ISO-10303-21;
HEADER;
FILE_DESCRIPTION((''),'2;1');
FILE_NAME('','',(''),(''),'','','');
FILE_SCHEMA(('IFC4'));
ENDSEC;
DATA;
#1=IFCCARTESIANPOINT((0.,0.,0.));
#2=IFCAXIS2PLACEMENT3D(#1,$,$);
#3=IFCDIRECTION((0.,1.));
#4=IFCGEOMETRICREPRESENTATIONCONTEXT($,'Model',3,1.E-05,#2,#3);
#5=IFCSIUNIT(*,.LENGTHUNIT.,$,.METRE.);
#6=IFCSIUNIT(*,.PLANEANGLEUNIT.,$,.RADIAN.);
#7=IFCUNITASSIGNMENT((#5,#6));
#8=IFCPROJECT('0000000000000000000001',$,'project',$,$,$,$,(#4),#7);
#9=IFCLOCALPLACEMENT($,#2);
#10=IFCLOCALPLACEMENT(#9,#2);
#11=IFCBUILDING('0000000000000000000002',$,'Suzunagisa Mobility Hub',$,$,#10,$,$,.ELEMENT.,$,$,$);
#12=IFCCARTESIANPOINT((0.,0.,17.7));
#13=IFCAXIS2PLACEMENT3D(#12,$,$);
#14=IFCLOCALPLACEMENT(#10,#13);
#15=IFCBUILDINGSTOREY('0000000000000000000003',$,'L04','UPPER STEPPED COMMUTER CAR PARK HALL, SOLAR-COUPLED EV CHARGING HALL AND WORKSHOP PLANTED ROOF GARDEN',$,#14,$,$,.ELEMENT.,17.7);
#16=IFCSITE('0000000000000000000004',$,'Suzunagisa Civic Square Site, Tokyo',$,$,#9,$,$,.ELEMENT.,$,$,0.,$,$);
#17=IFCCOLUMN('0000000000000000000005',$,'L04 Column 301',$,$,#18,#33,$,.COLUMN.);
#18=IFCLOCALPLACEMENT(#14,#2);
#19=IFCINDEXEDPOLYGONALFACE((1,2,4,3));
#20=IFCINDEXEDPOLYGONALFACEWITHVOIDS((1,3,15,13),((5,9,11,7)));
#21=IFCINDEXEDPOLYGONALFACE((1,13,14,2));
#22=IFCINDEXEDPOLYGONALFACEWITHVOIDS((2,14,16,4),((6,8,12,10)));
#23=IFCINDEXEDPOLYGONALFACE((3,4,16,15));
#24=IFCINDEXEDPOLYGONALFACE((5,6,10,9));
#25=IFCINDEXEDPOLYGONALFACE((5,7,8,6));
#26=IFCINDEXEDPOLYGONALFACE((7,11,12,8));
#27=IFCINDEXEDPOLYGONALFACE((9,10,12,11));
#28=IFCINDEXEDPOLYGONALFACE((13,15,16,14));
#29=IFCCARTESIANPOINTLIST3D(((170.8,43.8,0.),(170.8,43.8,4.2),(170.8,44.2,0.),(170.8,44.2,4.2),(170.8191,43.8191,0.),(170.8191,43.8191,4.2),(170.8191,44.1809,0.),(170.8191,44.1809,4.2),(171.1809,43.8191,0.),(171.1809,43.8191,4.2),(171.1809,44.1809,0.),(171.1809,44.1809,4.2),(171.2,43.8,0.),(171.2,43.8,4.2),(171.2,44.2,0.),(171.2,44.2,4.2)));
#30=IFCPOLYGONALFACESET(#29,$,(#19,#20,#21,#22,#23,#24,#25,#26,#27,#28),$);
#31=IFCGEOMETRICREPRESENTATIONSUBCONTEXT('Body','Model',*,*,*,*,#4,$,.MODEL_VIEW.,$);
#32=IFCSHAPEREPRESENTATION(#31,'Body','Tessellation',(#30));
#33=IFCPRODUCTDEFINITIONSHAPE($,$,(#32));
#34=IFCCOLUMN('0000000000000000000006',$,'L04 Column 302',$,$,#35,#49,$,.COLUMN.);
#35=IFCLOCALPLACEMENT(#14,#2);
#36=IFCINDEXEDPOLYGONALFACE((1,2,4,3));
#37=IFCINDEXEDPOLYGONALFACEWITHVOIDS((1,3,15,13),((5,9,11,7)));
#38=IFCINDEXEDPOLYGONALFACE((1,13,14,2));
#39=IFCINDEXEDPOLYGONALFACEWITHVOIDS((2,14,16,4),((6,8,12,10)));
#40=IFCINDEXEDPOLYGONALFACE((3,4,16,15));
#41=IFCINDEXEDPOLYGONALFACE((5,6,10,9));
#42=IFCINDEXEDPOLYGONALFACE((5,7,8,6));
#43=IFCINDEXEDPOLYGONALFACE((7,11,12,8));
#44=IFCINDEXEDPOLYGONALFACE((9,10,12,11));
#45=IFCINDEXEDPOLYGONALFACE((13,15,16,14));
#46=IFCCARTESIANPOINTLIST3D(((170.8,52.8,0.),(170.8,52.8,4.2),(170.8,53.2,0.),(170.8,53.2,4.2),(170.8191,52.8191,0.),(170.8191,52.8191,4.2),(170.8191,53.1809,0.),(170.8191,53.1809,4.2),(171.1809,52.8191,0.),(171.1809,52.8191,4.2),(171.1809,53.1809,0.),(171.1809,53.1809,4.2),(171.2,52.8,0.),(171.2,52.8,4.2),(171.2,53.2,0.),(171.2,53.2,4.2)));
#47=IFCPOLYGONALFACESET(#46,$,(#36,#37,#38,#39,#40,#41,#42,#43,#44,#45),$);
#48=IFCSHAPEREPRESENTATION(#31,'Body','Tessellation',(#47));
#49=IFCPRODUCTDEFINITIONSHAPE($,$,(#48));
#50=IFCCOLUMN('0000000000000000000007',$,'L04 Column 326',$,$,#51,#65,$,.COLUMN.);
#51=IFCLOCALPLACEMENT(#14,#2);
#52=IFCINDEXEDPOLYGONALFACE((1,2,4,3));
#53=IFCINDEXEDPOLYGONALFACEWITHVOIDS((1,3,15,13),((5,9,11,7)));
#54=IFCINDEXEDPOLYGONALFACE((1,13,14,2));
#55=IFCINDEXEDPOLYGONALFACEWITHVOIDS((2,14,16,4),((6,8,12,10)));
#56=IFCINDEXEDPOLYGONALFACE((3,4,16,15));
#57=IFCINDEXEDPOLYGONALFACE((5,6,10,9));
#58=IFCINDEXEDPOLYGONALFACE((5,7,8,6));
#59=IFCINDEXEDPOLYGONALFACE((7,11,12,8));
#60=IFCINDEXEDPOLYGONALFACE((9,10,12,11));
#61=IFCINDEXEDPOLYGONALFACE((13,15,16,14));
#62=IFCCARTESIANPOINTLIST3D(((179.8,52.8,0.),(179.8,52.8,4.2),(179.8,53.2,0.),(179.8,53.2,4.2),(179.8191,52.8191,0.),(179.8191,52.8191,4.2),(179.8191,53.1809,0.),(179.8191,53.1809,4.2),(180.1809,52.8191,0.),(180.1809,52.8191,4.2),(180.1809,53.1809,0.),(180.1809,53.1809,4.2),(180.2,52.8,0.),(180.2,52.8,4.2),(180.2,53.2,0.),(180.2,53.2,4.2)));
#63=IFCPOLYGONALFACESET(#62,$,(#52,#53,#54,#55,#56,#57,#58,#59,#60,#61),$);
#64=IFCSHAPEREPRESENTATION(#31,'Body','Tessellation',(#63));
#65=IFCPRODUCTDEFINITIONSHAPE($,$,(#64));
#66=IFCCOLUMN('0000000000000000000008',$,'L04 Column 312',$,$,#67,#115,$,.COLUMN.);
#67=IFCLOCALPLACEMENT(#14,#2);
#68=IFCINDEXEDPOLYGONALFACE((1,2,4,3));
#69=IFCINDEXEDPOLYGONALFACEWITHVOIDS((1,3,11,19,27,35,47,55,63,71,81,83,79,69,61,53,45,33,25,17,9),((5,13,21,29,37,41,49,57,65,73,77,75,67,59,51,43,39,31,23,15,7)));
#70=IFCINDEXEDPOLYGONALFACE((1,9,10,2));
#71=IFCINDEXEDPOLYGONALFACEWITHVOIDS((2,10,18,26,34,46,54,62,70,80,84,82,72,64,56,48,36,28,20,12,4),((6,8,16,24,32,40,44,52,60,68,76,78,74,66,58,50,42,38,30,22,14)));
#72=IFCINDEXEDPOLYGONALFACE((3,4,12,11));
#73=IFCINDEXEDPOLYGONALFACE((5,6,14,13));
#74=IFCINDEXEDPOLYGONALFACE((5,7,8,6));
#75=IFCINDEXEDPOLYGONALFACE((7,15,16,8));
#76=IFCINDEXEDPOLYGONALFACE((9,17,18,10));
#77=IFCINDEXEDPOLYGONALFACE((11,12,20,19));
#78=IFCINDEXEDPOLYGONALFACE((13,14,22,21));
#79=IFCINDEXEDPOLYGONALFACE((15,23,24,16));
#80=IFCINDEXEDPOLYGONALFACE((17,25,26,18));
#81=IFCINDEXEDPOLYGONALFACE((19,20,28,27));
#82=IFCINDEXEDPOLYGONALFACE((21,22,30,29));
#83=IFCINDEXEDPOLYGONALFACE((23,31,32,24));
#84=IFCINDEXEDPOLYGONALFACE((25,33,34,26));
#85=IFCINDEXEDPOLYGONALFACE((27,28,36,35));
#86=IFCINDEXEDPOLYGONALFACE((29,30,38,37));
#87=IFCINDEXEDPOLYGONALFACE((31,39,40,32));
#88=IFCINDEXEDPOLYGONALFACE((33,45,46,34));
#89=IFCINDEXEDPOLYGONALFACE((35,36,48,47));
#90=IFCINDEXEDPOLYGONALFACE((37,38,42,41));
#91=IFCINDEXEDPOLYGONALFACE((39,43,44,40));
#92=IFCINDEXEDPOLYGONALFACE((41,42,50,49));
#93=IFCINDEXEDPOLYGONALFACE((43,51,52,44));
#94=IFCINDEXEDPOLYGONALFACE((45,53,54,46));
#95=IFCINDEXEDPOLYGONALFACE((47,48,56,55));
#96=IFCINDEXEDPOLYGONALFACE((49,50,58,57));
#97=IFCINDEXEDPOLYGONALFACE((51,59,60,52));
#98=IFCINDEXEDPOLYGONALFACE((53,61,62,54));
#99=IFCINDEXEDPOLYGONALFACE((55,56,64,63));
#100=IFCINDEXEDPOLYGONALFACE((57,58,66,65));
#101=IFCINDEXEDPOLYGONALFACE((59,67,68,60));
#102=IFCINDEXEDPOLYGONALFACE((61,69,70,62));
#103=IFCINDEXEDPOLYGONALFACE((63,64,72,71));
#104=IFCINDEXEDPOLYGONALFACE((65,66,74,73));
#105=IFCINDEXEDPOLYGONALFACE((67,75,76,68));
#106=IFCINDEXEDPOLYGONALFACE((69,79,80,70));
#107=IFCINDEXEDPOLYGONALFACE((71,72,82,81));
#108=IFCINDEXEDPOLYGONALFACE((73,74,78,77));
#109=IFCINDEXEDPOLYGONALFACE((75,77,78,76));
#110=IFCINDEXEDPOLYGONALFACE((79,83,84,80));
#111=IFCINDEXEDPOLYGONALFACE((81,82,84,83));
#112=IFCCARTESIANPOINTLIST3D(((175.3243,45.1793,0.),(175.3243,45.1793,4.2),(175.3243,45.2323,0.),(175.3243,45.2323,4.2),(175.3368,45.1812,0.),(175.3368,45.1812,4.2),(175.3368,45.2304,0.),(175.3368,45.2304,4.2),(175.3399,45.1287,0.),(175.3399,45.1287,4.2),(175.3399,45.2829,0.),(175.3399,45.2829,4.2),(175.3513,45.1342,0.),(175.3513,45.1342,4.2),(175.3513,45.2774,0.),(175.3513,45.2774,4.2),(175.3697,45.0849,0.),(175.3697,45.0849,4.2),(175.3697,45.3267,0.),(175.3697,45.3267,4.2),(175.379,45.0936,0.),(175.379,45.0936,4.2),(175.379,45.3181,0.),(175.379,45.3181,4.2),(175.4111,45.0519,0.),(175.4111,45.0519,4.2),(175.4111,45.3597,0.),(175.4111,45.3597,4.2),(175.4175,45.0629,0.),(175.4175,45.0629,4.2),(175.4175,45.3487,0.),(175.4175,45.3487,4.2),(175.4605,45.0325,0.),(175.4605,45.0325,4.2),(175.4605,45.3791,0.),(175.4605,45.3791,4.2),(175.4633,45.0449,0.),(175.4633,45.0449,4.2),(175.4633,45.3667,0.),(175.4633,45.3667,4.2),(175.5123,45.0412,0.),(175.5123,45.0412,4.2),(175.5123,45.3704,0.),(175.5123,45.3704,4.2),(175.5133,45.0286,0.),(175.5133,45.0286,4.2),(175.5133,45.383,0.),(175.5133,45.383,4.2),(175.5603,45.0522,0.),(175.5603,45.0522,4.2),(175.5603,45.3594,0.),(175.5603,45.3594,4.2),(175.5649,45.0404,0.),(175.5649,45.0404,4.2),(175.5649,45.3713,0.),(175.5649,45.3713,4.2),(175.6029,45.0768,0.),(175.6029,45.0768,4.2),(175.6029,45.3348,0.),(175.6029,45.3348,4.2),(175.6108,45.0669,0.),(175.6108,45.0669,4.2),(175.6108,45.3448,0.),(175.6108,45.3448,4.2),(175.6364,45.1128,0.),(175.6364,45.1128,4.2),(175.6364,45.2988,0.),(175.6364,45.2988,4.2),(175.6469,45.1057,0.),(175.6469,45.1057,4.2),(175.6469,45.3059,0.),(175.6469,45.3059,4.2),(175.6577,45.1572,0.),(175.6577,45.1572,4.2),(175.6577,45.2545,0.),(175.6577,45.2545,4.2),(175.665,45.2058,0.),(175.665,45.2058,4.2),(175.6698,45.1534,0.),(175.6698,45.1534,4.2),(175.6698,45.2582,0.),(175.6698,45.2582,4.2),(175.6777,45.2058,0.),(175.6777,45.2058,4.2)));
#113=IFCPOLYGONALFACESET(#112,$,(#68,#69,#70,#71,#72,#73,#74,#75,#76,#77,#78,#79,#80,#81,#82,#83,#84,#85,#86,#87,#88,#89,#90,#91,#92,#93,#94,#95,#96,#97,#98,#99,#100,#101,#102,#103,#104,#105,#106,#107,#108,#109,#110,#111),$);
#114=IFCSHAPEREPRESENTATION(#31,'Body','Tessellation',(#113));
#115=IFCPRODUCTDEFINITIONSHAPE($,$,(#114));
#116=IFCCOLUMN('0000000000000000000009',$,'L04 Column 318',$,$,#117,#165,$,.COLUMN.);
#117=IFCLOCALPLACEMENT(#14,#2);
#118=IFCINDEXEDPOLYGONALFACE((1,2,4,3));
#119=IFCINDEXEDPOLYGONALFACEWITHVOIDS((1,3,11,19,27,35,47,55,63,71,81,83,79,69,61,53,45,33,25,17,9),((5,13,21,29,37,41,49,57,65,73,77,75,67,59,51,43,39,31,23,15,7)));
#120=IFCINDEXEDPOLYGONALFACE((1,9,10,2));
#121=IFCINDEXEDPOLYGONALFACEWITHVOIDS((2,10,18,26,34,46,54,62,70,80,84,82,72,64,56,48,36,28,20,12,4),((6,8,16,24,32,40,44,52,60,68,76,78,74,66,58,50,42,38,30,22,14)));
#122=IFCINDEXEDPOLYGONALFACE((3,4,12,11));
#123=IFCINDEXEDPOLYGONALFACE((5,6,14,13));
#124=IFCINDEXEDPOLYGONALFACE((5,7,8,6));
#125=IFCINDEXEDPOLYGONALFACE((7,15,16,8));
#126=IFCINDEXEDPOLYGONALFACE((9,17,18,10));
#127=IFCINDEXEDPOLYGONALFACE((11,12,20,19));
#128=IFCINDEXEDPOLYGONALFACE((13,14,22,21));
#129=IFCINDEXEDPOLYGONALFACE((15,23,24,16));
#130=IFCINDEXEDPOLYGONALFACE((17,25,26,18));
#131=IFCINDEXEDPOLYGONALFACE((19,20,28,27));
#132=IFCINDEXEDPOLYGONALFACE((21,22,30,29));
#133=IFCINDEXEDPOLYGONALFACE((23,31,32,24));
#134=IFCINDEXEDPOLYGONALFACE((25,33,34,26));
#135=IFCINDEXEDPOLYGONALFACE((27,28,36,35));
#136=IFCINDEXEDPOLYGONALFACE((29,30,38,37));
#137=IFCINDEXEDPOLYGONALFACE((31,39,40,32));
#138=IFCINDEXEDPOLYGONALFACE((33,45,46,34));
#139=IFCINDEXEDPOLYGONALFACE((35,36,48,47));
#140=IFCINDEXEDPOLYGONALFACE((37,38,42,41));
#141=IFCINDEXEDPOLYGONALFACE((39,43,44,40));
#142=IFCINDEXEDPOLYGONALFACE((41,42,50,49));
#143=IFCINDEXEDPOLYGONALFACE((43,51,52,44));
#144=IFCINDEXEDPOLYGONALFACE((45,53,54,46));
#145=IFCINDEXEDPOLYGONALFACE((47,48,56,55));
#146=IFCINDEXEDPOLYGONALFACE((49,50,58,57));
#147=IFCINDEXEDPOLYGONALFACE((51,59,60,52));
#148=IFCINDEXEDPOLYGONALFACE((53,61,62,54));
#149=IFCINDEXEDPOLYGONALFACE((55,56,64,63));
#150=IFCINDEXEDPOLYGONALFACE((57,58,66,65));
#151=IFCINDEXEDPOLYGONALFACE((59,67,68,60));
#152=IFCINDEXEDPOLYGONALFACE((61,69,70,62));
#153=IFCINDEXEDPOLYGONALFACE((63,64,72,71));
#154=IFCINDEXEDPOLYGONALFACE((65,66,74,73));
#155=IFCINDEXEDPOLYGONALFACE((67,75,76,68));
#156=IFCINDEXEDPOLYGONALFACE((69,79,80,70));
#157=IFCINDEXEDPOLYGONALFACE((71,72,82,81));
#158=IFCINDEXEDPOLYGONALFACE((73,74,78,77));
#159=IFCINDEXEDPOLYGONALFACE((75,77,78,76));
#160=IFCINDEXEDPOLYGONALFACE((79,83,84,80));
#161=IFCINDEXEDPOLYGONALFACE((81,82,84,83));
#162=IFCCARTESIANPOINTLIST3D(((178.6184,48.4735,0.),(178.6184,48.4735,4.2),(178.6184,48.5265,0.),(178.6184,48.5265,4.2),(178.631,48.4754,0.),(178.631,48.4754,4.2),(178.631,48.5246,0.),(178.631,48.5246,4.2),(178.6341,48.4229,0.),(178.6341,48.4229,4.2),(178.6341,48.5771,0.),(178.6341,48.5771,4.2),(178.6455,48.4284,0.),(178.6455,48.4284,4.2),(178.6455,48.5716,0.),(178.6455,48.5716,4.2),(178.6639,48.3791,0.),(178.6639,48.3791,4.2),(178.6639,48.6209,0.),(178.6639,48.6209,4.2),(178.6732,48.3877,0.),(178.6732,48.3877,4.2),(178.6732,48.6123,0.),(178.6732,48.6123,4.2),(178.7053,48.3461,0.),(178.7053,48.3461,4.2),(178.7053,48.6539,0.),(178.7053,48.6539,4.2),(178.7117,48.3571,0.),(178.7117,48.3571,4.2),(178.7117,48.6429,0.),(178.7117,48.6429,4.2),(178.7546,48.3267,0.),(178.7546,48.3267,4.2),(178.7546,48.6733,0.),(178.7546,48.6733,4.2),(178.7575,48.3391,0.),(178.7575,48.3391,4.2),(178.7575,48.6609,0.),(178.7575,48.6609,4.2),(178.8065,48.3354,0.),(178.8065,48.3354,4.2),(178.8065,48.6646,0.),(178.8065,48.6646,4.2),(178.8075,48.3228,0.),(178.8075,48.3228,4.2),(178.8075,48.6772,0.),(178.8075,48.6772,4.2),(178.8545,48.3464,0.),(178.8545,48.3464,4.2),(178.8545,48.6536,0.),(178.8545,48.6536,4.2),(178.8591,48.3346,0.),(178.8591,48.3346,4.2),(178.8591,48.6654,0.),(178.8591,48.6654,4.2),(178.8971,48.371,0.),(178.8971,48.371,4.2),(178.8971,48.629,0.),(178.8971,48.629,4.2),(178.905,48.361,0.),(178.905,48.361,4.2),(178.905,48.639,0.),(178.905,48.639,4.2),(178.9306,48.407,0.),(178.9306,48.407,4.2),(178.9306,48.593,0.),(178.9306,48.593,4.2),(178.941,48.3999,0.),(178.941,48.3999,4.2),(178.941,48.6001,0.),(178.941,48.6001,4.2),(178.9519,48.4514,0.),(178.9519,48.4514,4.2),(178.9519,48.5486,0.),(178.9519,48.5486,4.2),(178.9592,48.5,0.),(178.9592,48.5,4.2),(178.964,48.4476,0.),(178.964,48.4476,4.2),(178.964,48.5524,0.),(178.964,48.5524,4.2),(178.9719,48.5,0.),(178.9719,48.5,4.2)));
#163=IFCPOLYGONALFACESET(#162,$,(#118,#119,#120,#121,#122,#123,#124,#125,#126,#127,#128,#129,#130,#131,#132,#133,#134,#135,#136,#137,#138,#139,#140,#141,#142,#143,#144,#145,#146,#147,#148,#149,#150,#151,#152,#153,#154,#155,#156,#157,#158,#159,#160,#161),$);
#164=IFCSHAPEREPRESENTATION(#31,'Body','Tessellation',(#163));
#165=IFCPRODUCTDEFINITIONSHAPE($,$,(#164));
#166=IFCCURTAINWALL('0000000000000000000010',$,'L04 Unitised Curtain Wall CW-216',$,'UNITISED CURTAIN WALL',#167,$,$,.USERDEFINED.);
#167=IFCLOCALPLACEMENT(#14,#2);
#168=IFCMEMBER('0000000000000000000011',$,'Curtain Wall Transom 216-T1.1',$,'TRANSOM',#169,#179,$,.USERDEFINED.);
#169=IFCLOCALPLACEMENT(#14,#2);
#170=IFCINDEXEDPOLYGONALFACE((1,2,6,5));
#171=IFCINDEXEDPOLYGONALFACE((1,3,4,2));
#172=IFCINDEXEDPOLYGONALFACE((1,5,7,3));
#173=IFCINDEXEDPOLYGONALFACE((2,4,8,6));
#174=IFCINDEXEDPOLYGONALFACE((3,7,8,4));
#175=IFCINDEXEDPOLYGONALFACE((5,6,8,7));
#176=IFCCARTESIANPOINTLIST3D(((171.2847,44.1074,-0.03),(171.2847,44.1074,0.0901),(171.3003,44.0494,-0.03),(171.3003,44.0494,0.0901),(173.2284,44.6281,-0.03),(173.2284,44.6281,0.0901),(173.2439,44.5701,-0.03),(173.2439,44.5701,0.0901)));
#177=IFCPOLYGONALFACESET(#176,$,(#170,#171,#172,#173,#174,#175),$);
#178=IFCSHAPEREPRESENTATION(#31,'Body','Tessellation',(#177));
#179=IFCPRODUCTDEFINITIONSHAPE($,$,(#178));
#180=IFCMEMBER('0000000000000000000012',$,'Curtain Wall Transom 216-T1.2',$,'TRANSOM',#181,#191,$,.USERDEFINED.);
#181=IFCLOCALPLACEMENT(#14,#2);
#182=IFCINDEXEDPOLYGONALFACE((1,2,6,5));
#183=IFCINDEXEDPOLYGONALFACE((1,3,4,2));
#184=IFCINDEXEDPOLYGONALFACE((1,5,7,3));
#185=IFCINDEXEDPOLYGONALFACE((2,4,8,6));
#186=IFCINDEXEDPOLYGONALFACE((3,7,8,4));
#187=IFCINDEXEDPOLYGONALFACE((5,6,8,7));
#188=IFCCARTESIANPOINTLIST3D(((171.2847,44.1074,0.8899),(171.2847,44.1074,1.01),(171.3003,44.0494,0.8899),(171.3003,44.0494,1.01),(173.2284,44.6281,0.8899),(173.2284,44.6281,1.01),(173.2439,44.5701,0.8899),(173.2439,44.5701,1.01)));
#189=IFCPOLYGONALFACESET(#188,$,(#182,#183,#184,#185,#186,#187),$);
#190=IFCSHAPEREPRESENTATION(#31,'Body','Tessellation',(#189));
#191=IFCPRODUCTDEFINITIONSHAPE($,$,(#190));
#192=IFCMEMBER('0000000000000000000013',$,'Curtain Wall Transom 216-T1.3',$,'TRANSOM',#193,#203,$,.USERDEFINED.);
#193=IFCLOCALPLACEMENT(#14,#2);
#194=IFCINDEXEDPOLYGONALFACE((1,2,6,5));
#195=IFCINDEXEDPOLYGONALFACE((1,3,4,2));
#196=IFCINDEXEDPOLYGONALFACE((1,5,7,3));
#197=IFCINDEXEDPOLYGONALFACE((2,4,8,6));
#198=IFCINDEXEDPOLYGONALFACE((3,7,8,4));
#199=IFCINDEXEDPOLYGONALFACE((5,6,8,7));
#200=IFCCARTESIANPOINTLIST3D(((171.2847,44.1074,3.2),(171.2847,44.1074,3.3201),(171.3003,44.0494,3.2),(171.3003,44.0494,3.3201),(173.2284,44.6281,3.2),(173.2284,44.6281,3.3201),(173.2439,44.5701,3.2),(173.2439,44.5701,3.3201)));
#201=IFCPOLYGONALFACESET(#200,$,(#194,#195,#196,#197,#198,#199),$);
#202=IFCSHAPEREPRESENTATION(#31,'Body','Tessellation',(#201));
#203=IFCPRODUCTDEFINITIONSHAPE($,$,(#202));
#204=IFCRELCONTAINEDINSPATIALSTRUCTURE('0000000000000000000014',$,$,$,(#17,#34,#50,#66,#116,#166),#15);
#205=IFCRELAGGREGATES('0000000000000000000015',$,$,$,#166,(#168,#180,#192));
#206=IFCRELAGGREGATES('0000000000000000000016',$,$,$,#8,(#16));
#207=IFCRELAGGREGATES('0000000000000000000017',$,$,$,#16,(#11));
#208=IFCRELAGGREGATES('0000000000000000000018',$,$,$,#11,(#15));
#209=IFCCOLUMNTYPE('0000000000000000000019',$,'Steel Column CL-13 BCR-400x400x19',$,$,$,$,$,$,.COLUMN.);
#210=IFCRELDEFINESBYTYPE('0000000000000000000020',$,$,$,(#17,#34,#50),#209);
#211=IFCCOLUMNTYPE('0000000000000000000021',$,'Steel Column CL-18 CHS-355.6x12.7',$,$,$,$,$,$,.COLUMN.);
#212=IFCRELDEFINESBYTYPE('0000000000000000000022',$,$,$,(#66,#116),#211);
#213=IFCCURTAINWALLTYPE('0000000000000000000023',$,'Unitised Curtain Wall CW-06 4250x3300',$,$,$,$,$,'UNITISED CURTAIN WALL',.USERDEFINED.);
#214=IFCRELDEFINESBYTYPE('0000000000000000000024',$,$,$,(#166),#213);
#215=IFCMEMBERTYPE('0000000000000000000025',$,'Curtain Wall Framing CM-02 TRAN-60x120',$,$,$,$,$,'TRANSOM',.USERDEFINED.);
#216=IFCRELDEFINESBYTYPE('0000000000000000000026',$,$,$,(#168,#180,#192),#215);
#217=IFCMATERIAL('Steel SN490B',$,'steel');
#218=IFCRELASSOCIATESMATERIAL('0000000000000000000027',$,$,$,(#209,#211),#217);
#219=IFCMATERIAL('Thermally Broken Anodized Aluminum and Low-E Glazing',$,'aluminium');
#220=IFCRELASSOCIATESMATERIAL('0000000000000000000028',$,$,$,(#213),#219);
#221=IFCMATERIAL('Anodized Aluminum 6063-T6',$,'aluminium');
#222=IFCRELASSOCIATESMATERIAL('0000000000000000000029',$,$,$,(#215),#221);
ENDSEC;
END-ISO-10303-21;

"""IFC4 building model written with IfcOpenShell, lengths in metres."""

from ifc_helpers import new_model, si_unit, direction, frame, origin, origin_2d, place, context, subcontext, project, spatial, rectangle, hollow_rectangle, hollow_circle, extrude, material, material_profile, profile_set, type_object, element, aggregate, save


model = new_model("IFC4")

# Units and contexts
model_context = context("Model", 3, precision=1e-05, world=origin(), true_north=direction((0.0, 1.0)))
body_context = subcontext(model_context, "Body", "Model", "MODEL_VIEW")
ifc_project = project(units=[si_unit("LENGTHUNIT", "METRE"), si_unit("PLANEANGLEUNIT", "RADIAN")], contexts=[model_context])

# Site, building, storey
site_placement = place(None, origin())
site = spatial("IfcSite", under=ifc_project, at=site_placement, Name="Suzunagisa Civic Square Site, Tokyo", CompositionType="ELEMENT", RefElevation=0.0)
building_placement = place(site_placement, origin())
building = spatial("IfcBuilding", under=site, at=building_placement, Name="Suzunagisa Mobility Hub", CompositionType="ELEMENT")
storey_placement = place(building_placement, frame((0.0, 0.0, 17.7)))
storey = spatial("IfcBuildingStorey", under=building, at=storey_placement, Name="L04", Description="UPPER STEPPED COMMUTER CAR PARK HALL, SOLAR-COUPLED EV CHARGING HALL AND WORKSHOP PLANTED ROOF GARDEN", CompositionType="ELEMENT", Elevation=17.7)

# Columns
ifc_material_1 = material(Name="Steel SN490B", Category="steel")
ifc_material_profile_1 = material_profile(ifc_material_1, hollow_rectangle(XDim=0.3999, YDim=0.3999, WallThickness=0.019, at=origin_2d()), Name="BCR-400x400x19")
ifc_profile_set_1 = profile_set([ifc_material_profile_1], Name="Steel SN490B")
column_type_1 = type_object("IfcColumnType", Name="Steel Column CL-13 BCR-400x400x19", PredefinedType="COLUMN", material=ifc_profile_set_1)
for number, where, z_axis, x_axis, name in (
    (1, (171.0, 44.0, 0.0), (0.0, 0.0, 1.0), (1.0, 0.0, 0.0), "L04 Column 301"),
    (2, (171.0, 53.0, 0.0), (0.0, 0.0, 1.0), (1.0, 0.0, 0.0), "L04 Column 302"),
    (3, (180.0, 53.0, 0.0), (0.0, 0.0, 1.0), (1.0, 0.0, 0.0), "L04 Column 326"),
):
    element("IfcColumn", number, at=place(storey_placement, frame(where, z_axis=z_axis, x_axis=x_axis)), inside=storey, type_object=column_type_1, Name=name, PredefinedType="COLUMN", context=body_context, shape_type="SweptSolid", body=[
        extrude(hollow_rectangle(XDim=0.3999, YDim=0.3999, WallThickness=0.019, at=origin_2d()), origin(), (0.0, 0.0, 1.0), 4.2),
    ])
ifc_material_profile_2 = material_profile(ifc_material_1, hollow_circle(Radius=0.1777, WallThickness=0.0127, at=origin_2d()), Name="CHS-355.6x12.7")
ifc_profile_set_2 = profile_set([ifc_material_profile_2], Name="Steel SN490B")
column_type_2 = type_object("IfcColumnType", Name="Steel Column CL-18 CHS-355.6x12.7", PredefinedType="COLUMN", material=ifc_profile_set_2)
for number, where, z_axis, x_axis, name in (
    (4, (175.5, 45.2058, 0.0), (0.0, 0.0, 1.0), (1.0, 0.0, 0.0), "L04 Column 312"),
    (5, (178.7942, 48.5, 0.0), (0.0, 0.0, 1.0), (1.0, 0.0, 0.0), "L04 Column 318"),
):
    element("IfcColumn", number, at=place(storey_placement, frame(where, z_axis=z_axis, x_axis=x_axis)), inside=storey, type_object=column_type_2, Name=name, PredefinedType="COLUMN", context=body_context, shape_type="SweptSolid", body=[
        extrude(hollow_circle(Radius=0.1777, WallThickness=0.0127, at=origin_2d()), origin(), (0.0, 0.0, 1.0), 4.2),
    ])

# Curtain wall, members
ifc_material_2 = material(Name="Thermally Broken Anodized Aluminum and Low-E Glazing", Category="aluminium")
curtain_wall_type = type_object("IfcCurtainWallType", Name="Unitised Curtain Wall CW-06 4250x3300", ElementType="UNITISED CURTAIN WALL", PredefinedType="USERDEFINED", material=ifc_material_2)
curtain_wall_placement = place(storey_placement, origin())
curtain_wall = element("IfcCurtainWall", 6, at=curtain_wall_placement, inside=storey, type_object=curtain_wall_type, Name="L04 Unitised Curtain Wall CW-216", ObjectType="UNITISED CURTAIN WALL", PredefinedType="USERDEFINED")
ifc_material_3 = material(Name="Anodized Aluminum 6063-T6", Category="aluminium")
ifc_material_profile_3 = material_profile(ifc_material_3, rectangle(XDim=0.0601, YDim=0.1201, at=origin_2d()), Name="TRAN-60x120")
ifc_profile_set_3 = profile_set([ifc_material_profile_3], Name="Anodized Aluminum 6063-T6")
member_type_1 = type_object("IfcMemberType", Name="Curtain Wall Framing CM-02 TRAN-60x120", ElementType="TRANSOM", PredefinedType="USERDEFINED", material=ifc_profile_set_3)
member_1_placement = place(storey_placement, frame((171.2925, 44.0784, 0.03), z_axis=(0.96593, 0.258803, 0.0), x_axis=(-0.258803, 0.96593, 0.0)))
member_1 = element("IfcMember", 7, at=member_1_placement, type_object=member_type_1, Name="Curtain Wall Transom 216-T1.1", ObjectType="TRANSOM", PredefinedType="USERDEFINED", context=body_context, shape_type="SweptSolid", body=[
    extrude(rectangle(XDim=0.0601, YDim=0.1201, at=origin_2d()), origin(), (0.0, 0.0, 1.0), 2.0122),
])
member_2_placement = place(storey_placement, frame((171.2925, 44.0784, 0.95), z_axis=(0.96593, 0.258803, 0.0), x_axis=(-0.258803, 0.96593, 0.0)))
member_2 = element("IfcMember", 8, at=member_2_placement, type_object=member_type_1, Name="Curtain Wall Transom 216-T1.2", ObjectType="TRANSOM", PredefinedType="USERDEFINED", context=body_context, shape_type="SweptSolid", body=[
    extrude(rectangle(XDim=0.0601, YDim=0.1201, at=origin_2d()), origin(), (0.0, 0.0, 1.0), 2.0122),
])
member_3_placement = place(storey_placement, frame((171.2925, 44.0784, 3.26), z_axis=(0.96593, 0.258803, 0.0), x_axis=(-0.258803, 0.96593, 0.0)))
member_3 = element("IfcMember", 9, at=member_3_placement, type_object=member_type_1, Name="Curtain Wall Transom 216-T1.3", ObjectType="TRANSOM", PredefinedType="USERDEFINED", context=body_context, shape_type="SweptSolid", body=[
    extrude(rectangle(XDim=0.0601, YDim=0.1201, at=origin_2d()), origin(), (0.0, 0.0, 1.0), 2.0122),
])

aggregate(curtain_wall, [member_1, member_2, member_3])

save(model, "model.ifc")
